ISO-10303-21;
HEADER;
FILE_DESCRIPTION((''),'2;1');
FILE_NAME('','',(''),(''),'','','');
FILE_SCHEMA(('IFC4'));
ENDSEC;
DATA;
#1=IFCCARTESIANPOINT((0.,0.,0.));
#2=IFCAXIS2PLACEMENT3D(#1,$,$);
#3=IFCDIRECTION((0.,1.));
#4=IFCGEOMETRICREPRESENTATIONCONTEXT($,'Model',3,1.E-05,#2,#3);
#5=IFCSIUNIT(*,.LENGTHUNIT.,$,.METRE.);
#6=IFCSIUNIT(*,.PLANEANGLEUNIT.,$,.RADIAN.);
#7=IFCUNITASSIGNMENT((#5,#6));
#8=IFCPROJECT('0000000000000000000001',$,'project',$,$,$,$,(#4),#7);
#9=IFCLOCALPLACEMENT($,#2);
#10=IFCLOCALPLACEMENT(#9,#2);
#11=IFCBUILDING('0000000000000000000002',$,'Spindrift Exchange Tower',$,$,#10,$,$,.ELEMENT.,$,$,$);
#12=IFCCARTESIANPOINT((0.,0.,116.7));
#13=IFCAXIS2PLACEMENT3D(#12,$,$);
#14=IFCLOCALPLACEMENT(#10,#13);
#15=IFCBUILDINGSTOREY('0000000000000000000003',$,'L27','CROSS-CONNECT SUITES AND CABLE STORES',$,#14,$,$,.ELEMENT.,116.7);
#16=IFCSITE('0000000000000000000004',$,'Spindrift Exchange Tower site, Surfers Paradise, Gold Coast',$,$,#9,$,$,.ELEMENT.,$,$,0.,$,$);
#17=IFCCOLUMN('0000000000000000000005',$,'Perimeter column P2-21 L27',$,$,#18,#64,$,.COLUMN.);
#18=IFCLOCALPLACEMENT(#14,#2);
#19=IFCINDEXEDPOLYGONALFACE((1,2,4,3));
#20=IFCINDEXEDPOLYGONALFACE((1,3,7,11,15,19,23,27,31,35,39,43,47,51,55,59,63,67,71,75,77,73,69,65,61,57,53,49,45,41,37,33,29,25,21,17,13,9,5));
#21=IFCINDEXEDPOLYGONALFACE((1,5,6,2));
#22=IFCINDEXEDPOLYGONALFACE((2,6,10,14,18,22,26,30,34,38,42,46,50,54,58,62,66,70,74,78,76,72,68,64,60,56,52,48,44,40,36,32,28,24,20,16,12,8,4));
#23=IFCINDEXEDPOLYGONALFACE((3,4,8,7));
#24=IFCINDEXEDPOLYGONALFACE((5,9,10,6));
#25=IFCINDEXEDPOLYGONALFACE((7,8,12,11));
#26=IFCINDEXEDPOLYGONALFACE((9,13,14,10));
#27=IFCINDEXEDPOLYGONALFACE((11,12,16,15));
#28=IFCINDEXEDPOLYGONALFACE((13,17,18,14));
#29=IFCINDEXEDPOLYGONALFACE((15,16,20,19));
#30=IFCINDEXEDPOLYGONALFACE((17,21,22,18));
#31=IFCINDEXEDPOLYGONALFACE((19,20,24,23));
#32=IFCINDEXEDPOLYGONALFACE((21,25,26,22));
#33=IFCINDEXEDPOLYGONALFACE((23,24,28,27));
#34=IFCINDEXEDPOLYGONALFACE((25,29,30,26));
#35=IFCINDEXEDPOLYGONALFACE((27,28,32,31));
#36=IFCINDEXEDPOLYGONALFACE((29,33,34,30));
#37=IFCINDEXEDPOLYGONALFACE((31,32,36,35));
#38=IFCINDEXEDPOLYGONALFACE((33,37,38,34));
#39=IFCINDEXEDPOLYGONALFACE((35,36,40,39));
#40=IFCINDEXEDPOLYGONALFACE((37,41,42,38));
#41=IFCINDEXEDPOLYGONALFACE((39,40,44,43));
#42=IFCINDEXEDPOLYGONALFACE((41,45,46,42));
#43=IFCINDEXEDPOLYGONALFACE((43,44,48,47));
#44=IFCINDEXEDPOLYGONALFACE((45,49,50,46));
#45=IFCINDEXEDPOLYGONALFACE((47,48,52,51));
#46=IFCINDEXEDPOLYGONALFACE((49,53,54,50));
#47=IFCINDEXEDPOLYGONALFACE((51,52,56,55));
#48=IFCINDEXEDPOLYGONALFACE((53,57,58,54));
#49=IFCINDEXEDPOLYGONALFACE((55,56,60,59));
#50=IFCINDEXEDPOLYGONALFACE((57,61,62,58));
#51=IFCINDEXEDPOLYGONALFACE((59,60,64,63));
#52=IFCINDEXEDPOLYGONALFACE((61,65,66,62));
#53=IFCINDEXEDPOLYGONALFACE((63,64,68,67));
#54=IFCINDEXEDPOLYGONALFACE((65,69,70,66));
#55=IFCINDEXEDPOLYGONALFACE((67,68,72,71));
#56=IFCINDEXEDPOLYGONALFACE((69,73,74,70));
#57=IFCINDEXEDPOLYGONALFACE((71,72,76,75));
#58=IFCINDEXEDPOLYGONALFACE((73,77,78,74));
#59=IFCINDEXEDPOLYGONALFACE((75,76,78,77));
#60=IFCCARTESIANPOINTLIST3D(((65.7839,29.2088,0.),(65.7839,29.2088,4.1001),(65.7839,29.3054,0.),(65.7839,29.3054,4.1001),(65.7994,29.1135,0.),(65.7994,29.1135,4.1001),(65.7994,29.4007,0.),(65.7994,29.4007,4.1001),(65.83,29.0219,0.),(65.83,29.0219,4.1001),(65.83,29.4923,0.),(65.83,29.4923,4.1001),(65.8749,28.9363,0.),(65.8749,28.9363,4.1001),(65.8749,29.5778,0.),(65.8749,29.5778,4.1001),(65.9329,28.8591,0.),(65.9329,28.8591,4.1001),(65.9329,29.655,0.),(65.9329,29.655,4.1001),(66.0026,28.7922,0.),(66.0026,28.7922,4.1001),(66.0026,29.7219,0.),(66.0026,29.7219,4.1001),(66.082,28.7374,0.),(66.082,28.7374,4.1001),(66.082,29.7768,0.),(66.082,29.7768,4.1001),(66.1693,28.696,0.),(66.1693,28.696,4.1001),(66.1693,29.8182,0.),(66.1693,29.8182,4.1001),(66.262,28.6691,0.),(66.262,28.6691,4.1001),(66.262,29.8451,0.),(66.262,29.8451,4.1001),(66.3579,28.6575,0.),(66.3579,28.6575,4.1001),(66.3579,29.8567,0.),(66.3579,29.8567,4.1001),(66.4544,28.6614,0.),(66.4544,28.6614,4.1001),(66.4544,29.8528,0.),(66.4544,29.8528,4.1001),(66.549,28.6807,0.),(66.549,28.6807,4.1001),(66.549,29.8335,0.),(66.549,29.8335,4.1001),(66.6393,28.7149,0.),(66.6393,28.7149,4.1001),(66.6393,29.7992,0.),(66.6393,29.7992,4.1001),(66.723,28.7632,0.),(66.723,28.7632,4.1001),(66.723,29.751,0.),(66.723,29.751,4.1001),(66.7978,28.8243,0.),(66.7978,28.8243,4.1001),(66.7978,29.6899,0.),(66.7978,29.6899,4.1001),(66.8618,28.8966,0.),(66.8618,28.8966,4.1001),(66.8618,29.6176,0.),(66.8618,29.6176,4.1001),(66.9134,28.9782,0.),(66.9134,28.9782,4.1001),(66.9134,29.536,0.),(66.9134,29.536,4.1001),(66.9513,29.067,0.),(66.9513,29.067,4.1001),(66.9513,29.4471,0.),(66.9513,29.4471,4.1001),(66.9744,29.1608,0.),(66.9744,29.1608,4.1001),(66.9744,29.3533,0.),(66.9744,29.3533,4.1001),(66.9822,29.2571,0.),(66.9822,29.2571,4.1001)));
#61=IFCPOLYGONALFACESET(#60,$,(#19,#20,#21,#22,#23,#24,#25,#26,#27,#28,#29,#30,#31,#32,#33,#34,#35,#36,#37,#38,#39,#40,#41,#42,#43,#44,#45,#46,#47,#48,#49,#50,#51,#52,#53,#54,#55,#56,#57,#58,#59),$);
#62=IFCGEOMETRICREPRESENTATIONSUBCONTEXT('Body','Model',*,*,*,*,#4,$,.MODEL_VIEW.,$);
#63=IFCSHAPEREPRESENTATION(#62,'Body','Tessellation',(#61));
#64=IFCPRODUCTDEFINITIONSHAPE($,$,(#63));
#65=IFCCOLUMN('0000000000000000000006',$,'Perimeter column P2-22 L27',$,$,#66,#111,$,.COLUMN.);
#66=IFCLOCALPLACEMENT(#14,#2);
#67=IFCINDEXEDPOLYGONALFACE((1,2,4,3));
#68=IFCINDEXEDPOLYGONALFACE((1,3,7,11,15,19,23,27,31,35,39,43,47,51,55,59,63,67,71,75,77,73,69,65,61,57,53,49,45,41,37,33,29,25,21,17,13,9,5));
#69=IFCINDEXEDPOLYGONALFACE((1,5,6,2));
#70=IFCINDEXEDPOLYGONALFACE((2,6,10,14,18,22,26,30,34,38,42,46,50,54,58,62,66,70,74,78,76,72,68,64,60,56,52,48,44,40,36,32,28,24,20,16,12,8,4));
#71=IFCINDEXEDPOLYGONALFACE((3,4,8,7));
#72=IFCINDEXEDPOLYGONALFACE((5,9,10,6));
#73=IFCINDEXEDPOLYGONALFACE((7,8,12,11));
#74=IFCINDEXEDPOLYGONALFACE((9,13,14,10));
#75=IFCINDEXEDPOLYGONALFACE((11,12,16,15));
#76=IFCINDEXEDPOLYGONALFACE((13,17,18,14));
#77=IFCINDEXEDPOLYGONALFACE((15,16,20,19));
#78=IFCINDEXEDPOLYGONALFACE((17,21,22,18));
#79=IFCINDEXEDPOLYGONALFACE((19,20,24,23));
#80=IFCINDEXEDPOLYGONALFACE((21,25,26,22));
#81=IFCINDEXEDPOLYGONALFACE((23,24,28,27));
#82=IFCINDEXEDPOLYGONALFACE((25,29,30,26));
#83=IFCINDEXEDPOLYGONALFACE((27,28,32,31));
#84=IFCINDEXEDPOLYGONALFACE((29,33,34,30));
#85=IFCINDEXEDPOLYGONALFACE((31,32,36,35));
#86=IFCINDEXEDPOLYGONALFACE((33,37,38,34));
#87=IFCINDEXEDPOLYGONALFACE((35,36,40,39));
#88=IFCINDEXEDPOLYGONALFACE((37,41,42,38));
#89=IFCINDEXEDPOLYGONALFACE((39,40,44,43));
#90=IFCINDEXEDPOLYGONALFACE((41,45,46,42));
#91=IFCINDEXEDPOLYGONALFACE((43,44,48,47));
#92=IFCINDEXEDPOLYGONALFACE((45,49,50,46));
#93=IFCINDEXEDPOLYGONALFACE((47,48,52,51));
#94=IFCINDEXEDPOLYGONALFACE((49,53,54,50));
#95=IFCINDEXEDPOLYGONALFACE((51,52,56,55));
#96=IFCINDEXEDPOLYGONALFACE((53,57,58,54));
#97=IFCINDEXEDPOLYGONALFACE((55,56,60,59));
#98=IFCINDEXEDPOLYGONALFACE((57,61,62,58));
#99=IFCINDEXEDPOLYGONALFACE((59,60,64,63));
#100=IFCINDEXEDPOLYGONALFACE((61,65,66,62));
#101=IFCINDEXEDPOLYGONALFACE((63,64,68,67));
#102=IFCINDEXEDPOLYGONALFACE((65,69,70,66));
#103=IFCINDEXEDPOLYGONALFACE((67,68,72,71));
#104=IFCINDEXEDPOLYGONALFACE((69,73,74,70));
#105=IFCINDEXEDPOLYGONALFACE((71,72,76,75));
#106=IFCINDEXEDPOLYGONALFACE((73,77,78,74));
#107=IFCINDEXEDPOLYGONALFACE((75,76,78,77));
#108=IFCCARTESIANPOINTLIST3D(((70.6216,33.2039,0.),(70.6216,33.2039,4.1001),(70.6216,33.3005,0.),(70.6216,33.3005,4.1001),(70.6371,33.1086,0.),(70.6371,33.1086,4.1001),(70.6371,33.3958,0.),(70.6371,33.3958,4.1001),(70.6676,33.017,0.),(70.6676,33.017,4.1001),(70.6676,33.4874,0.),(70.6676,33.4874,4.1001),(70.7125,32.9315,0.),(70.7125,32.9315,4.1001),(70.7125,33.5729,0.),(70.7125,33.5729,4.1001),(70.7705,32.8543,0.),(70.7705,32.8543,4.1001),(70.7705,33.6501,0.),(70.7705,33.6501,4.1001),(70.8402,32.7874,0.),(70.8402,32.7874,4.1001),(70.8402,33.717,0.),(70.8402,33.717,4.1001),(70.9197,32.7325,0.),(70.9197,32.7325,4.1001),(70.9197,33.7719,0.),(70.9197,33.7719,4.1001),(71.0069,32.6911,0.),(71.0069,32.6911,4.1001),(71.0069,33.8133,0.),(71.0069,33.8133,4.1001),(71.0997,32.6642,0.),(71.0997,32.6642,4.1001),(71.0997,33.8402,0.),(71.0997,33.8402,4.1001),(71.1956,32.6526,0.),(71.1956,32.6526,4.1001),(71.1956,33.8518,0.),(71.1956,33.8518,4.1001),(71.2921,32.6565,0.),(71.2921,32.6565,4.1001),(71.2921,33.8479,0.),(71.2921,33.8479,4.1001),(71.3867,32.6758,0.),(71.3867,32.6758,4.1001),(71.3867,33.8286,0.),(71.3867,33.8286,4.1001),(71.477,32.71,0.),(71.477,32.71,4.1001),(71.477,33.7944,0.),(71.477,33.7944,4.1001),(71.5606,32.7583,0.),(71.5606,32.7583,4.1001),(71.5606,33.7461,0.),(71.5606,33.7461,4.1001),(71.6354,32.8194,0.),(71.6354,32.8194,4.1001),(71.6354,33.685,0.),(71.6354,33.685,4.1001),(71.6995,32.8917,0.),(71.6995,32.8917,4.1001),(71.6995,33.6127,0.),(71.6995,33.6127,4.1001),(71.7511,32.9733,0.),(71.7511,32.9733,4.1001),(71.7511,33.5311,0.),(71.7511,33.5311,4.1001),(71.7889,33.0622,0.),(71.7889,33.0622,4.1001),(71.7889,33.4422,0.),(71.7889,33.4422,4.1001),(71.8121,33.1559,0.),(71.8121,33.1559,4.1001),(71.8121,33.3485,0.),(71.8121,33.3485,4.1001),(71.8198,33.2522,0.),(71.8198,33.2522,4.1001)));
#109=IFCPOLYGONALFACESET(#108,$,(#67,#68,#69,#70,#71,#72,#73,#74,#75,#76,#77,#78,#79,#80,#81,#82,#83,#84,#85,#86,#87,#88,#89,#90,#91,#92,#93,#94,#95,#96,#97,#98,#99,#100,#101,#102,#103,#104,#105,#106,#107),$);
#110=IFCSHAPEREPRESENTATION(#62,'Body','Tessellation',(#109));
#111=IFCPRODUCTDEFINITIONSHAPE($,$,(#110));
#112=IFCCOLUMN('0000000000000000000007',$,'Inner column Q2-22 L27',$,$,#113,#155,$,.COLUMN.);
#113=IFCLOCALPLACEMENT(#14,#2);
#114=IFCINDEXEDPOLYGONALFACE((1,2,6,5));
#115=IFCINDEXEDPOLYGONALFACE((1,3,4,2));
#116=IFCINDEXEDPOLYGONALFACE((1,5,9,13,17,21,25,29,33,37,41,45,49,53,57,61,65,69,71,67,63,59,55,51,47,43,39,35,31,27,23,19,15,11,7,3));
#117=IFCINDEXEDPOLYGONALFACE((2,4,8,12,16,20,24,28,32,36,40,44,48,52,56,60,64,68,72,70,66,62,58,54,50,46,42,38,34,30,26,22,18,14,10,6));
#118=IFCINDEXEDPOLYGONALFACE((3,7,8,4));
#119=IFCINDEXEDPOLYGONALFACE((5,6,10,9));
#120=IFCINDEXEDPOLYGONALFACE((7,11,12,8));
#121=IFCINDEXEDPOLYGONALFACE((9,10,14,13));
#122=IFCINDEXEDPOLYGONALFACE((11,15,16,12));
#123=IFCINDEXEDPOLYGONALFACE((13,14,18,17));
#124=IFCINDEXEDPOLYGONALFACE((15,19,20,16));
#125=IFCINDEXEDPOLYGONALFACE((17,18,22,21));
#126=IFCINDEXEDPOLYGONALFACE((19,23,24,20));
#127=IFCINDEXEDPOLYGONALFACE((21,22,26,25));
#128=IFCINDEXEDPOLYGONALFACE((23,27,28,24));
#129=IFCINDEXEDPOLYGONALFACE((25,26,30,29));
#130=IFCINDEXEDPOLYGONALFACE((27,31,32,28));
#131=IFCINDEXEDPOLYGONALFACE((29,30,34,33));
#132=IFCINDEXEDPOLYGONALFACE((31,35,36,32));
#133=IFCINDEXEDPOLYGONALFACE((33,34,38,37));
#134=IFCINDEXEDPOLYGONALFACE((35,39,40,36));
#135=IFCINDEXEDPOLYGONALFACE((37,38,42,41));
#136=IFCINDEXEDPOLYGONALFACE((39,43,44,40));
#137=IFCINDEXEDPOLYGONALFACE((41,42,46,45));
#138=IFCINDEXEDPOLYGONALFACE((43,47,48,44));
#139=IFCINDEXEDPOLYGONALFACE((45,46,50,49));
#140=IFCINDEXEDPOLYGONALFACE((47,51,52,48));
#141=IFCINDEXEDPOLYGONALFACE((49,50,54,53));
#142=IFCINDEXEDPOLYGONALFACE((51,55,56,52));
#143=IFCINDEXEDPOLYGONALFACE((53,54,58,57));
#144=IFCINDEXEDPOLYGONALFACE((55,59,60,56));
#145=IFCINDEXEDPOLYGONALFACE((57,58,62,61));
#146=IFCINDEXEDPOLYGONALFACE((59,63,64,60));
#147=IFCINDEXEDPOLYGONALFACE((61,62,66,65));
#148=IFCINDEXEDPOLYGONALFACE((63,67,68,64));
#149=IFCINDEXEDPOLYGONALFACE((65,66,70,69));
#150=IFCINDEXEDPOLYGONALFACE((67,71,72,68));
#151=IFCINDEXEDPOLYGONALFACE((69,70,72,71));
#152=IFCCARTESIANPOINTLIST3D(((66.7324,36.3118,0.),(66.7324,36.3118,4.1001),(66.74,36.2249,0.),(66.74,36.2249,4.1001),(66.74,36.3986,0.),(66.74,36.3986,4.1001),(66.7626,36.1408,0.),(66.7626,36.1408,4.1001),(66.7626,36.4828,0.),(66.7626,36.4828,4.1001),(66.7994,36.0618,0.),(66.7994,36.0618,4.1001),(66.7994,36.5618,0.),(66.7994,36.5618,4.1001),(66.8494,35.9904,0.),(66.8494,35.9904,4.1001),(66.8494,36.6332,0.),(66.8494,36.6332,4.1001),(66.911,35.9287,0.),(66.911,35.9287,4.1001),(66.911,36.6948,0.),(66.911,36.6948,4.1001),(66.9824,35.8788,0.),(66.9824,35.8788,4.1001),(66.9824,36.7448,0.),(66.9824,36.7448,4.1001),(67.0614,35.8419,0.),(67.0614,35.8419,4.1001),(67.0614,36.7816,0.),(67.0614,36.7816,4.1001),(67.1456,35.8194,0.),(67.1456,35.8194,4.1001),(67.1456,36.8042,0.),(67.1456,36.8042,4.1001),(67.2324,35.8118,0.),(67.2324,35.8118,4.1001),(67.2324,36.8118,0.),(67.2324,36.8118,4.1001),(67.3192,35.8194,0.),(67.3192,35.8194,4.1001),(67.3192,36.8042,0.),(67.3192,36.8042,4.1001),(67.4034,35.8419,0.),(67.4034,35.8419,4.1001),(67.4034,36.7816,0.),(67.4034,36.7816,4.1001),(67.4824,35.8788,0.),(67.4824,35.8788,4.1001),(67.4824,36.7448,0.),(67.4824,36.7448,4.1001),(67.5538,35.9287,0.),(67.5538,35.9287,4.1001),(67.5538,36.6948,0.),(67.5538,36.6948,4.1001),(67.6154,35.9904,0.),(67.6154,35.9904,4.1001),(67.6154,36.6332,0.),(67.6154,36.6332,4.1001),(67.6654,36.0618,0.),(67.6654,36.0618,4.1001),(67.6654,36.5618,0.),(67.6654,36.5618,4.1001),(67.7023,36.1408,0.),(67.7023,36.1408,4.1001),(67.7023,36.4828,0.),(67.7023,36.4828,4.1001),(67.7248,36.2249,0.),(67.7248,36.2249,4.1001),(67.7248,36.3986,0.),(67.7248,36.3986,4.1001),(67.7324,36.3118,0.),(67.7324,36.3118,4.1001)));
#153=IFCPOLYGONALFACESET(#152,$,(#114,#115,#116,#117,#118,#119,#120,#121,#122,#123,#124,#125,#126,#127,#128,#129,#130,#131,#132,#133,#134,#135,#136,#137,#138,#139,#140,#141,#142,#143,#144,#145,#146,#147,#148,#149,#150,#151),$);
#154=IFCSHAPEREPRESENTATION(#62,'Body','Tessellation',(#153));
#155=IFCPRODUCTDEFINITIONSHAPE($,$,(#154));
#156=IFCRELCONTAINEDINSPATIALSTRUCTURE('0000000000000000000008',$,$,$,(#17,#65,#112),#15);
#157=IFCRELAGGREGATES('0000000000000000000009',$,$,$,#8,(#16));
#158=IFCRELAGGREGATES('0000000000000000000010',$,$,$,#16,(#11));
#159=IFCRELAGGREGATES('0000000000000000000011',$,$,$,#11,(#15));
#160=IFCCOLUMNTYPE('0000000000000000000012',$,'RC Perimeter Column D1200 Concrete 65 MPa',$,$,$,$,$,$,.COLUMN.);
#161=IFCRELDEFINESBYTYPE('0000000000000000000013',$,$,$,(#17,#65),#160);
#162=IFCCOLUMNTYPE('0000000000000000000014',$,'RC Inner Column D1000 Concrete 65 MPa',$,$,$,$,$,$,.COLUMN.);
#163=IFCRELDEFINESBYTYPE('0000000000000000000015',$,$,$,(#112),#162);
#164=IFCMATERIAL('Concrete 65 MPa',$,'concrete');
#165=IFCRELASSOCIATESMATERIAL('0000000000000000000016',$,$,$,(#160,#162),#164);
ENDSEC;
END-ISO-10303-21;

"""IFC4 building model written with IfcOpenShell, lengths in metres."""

from ifc_helpers import new_model, si_unit, direction, frame, origin, origin_2d, place, context, subcontext, project, spatial, circle, extrude, source, transform, mapped, material, material_profile, profile_set, type_object, element, save


model = new_model("IFC4")

# Units and contexts
model_context = context("Model", 3, precision=1e-05, world=origin(), true_north=direction((0.0, 1.0)))
body_context = subcontext(model_context, "Body", "Model", "MODEL_VIEW")
ifc_project = project(units=[si_unit("LENGTHUNIT", "METRE"), si_unit("PLANEANGLEUNIT", "RADIAN")], contexts=[model_context])

# Site, building, storey
site_placement = place(None, origin())
site = spatial("IfcSite", under=ifc_project, at=site_placement, Name="Spindrift Exchange Tower site, Surfers Paradise, Gold Coast", CompositionType="ELEMENT", RefElevation=0.0)
building_placement = place(site_placement, origin())
building = spatial("IfcBuilding", under=site, at=building_placement, Name="Spindrift Exchange Tower", CompositionType="ELEMENT")
storey_placement = place(building_placement, frame((0.0, 0.0, 116.7)))
storey = spatial("IfcBuildingStorey", under=building, at=storey_placement, Name="L27", Description="CROSS-CONNECT SUITES AND CABLE STORES", CompositionType="ELEMENT", Elevation=116.7)

# Columns
ifc_material_1 = material(Name="Concrete 65 MPa", Category="concrete")
ifc_material_profile_1 = material_profile(ifc_material_1, circle(Radius=0.6001, at=origin_2d()), Name="RC D1200")
ifc_profile_set_1 = profile_set([ifc_material_profile_1], Name="Concrete 65 MPa")
column_type_1 = type_object("IfcColumnType", Name="RC Perimeter Column D1200 Concrete 65 MPa", PredefinedType="COLUMN", material=ifc_profile_set_1)
shared_shape_1 = source(origin(), body_context, "Body", "SweptSolid", [
    extrude(circle(Radius=0.6001, at=origin_2d()), origin(), (0.0, 0.0, 1.0), 4.1001),
])
for number, where, z_axis, x_axis, name in (
    (1, (66.3821, 29.2571, 0.0), (0.0, 0.0, 1.0), (1.0, 0.0, 0.0), "Perimeter column P2-21 L27"),
    (2, (71.2197, 33.2522, 0.0), (0.0, 0.0, 1.0), (1.0, 0.0, 0.0), "Perimeter column P2-22 L27"),
):
    element("IfcColumn", number, at=place(storey_placement, frame(where, z_axis=z_axis, x_axis=x_axis)), inside=storey, type_object=column_type_1, Name=name, PredefinedType="COLUMN", context=body_context, shape_type="MappedRepresentation", body=[
        mapped(shared_shape_1, transform((0.0, 0.0, 0.0), scale=1.0)),
    ])
ifc_material_profile_2 = material_profile(ifc_material_1, circle(Radius=0.5, at=origin_2d()), Name="RC D1000")
ifc_profile_set_2 = profile_set([ifc_material_profile_2], Name="Concrete 65 MPa")
column_type_2 = type_object("IfcColumnType", Name="RC Inner Column D1000 Concrete 65 MPa", PredefinedType="COLUMN", material=ifc_profile_set_2)
shared_shape_2 = source(origin(), body_context, "Body", "SweptSolid", [
    extrude(circle(Radius=0.5, at=origin_2d()), origin(), (0.0, 0.0, 1.0), 4.1001),
])
column_placement = place(storey_placement, frame((67.2324, 36.3118, 0.0), z_axis=(0.0, 0.0, 1.0), x_axis=(1.0, 0.0, 0.0)))
element("IfcColumn", 3, at=column_placement, inside=storey, type_object=column_type_2, Name="Inner column Q2-22 L27", PredefinedType="COLUMN", context=body_context, shape_type="MappedRepresentation", body=[
    mapped(shared_shape_2, transform((0.0, 0.0, 0.0), scale=1.0)),
])

save(model, "model.ifc")
